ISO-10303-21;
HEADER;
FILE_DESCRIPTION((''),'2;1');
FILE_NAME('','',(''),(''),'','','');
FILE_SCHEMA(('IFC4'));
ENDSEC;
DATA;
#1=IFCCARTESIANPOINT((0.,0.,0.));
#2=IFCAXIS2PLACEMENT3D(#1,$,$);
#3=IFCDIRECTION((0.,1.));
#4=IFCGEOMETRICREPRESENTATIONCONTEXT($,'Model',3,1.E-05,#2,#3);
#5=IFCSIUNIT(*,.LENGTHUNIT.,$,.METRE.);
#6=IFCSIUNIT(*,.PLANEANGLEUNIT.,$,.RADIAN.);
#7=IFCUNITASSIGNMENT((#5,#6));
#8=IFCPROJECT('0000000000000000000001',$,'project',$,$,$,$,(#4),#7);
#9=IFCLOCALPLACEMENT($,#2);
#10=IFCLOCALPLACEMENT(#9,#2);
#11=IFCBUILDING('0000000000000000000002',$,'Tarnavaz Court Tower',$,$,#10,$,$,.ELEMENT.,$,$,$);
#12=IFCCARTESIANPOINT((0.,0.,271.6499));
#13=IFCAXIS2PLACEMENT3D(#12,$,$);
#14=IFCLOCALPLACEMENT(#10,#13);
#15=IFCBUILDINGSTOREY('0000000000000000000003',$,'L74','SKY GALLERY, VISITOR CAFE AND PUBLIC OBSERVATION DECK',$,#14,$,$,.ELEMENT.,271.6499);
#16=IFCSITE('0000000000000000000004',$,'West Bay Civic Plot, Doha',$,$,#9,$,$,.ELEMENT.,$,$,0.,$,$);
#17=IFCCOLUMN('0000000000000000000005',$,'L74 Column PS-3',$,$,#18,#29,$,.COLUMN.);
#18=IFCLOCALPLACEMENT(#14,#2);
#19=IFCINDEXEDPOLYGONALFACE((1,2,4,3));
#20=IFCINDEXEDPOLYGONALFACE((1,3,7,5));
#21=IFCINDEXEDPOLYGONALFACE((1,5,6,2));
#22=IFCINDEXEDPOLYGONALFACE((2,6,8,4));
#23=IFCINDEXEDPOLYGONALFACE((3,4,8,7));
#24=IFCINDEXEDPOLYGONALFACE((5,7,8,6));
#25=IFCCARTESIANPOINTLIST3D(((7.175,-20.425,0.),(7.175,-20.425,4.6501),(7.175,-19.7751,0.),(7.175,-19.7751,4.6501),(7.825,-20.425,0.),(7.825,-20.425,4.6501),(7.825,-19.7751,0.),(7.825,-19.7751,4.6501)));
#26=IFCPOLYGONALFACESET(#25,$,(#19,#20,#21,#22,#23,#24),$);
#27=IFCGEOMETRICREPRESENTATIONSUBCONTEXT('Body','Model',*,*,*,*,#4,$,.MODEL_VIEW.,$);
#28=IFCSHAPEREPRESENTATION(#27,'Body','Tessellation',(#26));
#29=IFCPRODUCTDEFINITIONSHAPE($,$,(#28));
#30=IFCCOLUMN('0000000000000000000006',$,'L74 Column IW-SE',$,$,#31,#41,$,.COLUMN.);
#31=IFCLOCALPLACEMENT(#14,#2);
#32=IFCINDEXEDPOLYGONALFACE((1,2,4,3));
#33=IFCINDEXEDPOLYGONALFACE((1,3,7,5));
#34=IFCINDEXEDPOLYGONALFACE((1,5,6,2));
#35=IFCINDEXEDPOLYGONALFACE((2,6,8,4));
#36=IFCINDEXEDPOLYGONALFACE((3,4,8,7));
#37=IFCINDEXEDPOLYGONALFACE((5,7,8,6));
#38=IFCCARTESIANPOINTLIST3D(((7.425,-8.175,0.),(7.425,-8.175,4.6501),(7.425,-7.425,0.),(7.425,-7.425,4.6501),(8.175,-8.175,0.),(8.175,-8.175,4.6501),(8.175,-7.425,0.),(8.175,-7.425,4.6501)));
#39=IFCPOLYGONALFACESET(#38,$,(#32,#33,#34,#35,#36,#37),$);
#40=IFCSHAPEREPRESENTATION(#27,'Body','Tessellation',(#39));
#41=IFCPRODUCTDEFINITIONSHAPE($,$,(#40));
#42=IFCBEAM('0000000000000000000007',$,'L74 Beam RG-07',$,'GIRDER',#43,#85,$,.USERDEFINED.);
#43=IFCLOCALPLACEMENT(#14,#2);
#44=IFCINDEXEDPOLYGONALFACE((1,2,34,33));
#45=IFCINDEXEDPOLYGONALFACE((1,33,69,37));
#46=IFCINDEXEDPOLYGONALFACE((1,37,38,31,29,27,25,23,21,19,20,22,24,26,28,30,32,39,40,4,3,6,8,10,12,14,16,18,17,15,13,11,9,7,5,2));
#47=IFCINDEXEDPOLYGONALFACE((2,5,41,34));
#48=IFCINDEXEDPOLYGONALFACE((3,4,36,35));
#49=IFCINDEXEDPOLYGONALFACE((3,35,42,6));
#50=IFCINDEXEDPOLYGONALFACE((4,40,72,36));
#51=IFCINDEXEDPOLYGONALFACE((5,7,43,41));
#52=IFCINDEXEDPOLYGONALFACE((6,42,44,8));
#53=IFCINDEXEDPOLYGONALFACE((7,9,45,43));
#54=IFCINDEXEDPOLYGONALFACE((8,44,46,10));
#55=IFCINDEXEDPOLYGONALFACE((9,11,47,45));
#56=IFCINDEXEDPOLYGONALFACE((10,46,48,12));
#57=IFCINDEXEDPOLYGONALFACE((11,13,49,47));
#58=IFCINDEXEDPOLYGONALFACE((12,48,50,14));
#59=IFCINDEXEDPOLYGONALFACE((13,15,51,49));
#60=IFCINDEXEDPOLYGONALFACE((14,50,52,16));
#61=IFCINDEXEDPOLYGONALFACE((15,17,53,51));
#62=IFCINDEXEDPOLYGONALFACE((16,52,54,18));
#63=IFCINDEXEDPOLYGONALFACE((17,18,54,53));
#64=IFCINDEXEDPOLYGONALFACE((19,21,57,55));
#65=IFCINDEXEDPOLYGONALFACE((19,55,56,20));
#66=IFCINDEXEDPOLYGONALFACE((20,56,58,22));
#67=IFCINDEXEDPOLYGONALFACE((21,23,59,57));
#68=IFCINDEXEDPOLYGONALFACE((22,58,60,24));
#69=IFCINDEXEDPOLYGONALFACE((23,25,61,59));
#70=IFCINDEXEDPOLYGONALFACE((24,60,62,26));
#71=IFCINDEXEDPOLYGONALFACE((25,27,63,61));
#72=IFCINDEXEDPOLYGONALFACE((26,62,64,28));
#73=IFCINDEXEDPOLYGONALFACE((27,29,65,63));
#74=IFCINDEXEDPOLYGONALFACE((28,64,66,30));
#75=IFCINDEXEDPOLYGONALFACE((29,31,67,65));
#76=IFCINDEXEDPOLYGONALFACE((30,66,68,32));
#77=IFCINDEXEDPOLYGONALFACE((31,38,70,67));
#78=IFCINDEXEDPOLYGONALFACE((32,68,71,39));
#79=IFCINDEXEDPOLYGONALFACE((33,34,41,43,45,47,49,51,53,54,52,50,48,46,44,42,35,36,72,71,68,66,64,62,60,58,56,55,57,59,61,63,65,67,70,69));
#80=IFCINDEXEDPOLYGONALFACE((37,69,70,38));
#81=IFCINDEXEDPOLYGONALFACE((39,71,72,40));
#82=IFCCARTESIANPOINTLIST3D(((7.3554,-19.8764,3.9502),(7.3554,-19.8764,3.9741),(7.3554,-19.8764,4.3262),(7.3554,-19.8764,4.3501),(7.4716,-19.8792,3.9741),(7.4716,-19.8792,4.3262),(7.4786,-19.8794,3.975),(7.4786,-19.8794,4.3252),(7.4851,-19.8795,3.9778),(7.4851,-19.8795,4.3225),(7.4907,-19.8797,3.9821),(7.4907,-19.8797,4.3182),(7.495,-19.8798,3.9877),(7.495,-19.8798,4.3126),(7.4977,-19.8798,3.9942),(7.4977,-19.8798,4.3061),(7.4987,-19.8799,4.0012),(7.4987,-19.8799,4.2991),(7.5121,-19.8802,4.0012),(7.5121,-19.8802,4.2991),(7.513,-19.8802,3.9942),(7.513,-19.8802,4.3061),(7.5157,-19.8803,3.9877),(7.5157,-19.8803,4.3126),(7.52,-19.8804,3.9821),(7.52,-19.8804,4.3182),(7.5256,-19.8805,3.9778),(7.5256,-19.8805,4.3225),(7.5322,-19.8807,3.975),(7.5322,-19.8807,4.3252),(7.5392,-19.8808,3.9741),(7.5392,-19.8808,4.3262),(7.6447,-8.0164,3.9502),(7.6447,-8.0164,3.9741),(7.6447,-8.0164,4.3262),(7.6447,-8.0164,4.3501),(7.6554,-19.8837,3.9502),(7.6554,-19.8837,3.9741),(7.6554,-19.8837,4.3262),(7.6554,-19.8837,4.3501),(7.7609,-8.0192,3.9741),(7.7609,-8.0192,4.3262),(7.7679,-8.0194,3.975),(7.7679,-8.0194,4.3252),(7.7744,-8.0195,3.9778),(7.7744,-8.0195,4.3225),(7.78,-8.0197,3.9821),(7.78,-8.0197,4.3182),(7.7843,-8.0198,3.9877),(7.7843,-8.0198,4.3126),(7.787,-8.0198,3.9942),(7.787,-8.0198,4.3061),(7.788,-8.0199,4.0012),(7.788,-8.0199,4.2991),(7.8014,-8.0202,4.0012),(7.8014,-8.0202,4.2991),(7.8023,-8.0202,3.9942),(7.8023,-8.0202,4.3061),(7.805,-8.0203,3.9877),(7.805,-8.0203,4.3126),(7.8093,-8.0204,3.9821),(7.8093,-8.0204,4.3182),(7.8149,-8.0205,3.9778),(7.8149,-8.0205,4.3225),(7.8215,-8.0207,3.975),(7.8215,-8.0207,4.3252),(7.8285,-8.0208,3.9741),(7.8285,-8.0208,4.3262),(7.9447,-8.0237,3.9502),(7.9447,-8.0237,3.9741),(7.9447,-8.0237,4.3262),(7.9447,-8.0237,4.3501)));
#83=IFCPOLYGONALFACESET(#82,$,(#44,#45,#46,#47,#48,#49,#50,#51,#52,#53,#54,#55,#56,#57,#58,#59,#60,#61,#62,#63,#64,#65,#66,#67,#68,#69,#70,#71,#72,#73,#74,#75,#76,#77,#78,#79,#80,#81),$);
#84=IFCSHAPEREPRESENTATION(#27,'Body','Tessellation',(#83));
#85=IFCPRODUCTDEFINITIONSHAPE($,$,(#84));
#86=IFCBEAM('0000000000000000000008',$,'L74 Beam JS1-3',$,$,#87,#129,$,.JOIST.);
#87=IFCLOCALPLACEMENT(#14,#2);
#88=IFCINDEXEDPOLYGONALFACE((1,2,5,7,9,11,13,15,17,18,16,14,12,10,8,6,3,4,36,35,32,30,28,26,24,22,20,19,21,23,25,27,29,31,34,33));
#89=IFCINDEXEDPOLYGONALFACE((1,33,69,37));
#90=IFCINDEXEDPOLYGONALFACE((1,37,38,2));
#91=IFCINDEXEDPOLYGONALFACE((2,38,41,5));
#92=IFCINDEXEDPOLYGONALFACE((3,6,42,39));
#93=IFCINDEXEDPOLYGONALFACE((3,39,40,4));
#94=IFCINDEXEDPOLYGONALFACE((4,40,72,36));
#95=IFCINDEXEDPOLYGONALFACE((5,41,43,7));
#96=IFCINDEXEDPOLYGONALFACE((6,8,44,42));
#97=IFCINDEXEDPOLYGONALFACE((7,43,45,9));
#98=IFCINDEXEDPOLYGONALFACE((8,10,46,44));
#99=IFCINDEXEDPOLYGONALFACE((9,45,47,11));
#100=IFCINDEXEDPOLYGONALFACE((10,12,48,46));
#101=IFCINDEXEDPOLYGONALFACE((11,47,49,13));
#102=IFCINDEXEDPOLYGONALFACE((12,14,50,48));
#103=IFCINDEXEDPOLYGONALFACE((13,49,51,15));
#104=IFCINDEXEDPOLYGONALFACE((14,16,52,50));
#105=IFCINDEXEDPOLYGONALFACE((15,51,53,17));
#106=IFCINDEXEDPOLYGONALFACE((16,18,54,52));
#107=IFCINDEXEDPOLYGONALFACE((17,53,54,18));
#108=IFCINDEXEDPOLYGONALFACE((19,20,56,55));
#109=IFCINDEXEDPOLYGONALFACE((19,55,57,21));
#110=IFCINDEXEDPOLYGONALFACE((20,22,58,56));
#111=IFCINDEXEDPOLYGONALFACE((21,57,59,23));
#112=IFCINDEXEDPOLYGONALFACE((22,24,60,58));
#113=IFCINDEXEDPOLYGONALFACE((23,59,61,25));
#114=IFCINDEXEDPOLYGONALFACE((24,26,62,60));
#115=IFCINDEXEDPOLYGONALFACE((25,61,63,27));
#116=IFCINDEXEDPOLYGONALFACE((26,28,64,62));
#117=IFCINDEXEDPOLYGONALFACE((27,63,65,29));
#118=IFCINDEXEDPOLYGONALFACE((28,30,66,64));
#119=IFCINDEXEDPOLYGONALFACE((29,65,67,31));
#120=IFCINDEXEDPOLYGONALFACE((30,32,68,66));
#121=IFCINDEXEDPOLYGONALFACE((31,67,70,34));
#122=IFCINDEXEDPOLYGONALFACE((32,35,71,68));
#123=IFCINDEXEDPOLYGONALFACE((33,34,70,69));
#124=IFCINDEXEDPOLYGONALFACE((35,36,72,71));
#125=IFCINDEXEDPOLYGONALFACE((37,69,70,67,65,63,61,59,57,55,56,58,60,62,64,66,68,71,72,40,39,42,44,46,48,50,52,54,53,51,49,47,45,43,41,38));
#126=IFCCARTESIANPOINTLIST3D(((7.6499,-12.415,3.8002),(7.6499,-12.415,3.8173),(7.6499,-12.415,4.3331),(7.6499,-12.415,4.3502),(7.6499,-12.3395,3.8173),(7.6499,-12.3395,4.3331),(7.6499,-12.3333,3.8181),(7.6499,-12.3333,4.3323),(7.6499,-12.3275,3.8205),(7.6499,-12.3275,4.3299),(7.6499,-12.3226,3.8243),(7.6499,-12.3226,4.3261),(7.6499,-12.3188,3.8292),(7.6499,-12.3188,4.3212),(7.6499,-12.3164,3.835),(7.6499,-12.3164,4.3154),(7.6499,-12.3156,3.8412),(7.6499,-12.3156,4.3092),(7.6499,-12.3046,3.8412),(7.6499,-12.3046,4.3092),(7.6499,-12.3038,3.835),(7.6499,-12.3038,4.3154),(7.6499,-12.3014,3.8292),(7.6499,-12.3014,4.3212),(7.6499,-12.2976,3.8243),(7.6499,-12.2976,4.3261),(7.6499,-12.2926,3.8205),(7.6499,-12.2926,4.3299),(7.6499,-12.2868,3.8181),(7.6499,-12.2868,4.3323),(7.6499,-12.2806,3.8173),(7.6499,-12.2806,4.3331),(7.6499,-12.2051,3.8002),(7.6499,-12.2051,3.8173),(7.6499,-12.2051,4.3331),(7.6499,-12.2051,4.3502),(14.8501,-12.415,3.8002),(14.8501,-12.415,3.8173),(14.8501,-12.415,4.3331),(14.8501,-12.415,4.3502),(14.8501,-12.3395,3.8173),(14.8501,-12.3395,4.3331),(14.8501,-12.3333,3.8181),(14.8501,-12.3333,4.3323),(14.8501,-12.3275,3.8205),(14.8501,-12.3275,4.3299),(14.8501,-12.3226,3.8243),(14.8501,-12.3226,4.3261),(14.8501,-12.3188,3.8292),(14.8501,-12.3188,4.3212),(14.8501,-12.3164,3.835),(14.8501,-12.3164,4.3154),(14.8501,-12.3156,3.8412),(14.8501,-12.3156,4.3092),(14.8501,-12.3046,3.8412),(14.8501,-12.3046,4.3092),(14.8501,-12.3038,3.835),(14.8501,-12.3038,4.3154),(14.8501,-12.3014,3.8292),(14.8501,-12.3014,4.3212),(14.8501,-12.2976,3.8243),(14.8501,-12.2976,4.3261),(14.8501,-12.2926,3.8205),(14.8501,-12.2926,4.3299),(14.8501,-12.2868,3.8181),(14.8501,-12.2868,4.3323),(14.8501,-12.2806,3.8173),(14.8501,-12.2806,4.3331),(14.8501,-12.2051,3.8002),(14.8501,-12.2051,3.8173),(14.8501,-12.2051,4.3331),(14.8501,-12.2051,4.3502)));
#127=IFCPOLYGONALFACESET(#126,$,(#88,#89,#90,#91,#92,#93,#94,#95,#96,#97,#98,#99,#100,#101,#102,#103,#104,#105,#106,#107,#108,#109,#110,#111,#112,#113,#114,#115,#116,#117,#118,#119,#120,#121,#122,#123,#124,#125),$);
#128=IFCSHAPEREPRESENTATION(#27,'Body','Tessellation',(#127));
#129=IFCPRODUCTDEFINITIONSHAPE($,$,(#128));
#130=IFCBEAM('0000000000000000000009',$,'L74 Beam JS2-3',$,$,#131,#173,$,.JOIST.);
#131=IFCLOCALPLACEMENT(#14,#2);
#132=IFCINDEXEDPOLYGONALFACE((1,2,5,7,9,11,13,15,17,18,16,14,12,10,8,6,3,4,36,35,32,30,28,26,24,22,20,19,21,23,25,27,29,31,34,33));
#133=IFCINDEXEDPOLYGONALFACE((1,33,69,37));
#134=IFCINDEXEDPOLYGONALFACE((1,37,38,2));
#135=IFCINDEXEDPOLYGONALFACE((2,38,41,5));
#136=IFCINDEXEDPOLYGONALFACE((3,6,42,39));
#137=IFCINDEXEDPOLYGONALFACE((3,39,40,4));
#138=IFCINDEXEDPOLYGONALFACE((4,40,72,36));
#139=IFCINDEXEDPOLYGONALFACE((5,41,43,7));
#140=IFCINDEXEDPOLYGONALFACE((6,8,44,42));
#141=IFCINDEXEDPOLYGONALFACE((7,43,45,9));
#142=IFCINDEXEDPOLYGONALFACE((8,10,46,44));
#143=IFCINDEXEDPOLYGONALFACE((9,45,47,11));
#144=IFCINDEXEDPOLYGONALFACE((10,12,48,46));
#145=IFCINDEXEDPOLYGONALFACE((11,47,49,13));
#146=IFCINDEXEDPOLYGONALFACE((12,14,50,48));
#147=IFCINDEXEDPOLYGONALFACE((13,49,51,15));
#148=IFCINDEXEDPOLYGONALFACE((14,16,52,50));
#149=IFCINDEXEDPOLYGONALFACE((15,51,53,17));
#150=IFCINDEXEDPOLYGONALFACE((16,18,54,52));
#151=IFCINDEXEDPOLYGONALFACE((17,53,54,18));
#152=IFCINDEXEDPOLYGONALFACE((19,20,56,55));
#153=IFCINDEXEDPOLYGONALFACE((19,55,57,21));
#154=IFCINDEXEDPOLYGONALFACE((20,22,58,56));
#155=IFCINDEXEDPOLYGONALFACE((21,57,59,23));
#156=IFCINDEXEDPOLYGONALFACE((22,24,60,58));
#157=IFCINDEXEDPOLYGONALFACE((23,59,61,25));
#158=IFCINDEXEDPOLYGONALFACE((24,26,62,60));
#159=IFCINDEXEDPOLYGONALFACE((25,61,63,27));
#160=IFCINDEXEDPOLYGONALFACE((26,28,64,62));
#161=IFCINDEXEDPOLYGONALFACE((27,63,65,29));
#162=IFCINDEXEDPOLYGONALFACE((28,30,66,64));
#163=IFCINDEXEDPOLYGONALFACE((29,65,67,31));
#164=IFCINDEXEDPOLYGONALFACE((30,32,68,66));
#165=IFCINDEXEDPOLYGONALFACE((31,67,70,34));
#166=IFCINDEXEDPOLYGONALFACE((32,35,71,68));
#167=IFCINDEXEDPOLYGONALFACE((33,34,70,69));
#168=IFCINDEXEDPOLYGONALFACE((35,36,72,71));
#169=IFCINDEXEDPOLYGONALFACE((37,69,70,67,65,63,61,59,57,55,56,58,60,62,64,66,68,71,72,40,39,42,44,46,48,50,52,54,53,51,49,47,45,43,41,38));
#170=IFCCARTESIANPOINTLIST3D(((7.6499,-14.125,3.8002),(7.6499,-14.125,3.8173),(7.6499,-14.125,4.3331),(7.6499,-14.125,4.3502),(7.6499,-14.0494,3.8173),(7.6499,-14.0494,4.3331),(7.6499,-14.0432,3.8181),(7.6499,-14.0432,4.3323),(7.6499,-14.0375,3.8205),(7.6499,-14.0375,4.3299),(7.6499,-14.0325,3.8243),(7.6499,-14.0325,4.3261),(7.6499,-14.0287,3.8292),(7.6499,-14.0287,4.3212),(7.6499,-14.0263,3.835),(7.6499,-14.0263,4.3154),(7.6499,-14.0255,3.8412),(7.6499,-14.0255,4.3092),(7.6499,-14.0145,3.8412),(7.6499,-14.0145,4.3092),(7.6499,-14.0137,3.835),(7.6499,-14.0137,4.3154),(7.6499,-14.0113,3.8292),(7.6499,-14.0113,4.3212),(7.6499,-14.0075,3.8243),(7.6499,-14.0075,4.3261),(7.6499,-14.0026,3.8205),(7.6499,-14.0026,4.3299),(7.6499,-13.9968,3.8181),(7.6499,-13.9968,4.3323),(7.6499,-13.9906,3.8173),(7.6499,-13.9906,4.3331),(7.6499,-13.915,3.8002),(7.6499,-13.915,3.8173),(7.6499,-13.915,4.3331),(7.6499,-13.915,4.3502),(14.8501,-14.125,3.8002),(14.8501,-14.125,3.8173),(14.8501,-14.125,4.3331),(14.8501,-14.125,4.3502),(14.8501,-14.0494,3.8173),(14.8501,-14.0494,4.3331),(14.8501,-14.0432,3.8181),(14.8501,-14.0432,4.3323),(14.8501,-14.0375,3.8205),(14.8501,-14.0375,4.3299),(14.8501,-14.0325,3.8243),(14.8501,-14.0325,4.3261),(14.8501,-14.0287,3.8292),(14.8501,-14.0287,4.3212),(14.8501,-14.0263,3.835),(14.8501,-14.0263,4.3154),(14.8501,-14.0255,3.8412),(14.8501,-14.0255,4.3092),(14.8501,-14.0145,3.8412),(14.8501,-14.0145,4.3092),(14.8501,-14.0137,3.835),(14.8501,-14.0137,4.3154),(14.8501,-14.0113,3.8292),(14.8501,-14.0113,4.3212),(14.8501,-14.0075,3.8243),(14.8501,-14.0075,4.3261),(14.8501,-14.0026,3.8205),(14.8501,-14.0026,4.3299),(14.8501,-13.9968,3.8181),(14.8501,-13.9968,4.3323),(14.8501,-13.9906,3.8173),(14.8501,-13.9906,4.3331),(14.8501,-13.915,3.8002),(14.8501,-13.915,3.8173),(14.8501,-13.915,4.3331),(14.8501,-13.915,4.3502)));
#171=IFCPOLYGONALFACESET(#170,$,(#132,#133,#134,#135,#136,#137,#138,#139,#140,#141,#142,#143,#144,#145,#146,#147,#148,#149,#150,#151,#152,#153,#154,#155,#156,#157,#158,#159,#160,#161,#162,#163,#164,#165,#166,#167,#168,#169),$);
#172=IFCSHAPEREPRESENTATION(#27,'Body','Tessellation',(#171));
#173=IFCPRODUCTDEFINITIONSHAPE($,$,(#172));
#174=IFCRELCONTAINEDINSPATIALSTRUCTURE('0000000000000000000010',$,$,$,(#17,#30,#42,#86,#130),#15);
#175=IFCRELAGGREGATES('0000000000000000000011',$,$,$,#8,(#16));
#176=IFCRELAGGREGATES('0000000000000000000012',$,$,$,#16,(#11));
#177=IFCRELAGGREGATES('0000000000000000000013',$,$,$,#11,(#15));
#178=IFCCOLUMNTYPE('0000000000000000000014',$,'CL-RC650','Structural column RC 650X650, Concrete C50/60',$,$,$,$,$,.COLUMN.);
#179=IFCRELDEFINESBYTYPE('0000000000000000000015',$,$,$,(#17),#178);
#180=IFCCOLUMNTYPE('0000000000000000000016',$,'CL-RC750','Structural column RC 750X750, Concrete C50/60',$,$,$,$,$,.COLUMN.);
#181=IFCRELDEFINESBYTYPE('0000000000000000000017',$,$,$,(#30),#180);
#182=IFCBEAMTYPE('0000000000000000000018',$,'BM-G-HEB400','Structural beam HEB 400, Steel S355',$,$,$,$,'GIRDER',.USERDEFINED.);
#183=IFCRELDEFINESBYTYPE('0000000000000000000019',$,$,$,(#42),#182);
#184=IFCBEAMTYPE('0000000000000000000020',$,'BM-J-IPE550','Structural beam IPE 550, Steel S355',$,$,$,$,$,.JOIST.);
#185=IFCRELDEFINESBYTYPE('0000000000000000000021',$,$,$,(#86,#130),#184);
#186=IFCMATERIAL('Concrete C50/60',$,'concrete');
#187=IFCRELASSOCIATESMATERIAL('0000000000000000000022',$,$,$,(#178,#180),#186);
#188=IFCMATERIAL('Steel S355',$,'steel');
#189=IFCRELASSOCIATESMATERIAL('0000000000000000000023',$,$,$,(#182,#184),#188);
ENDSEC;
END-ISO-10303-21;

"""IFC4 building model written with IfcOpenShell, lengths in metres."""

from ifc_helpers import new_model, si_unit, direction, frame, origin, origin_2d, place, context, subcontext, project, spatial, rectangle, i_section, extrude, material, material_profile, profile_set, type_object, element, save


model = new_model("IFC4")

# Units and contexts
model_context = context("Model", 3, precision=1e-05, world=origin(), true_north=direction((0.0, 1.0)))
body_context = subcontext(model_context, "Body", "Model", "MODEL_VIEW")
ifc_project = project(units=[si_unit("LENGTHUNIT", "METRE"), si_unit("PLANEANGLEUNIT", "RADIAN")], contexts=[model_context])

# Site, building, storey
site_placement = place(None, origin())
site = spatial("IfcSite", under=ifc_project, at=site_placement, Name="West Bay Civic Plot, Doha", CompositionType="ELEMENT", RefElevation=0.0)
building_placement = place(site_placement, origin())
building = spatial("IfcBuilding", under=site, at=building_placement, Name="Tarnavaz Court Tower", CompositionType="ELEMENT")
storey_placement = place(building_placement, frame((0.0, 0.0, 271.6499)))
storey = spatial("IfcBuildingStorey", under=building, at=storey_placement, Name="L74", Description="SKY GALLERY, VISITOR CAFE AND PUBLIC OBSERVATION DECK", CompositionType="ELEMENT", Elevation=271.6499)

# Columns
ifc_material_1 = material(Name="Concrete C50/60", Category="concrete")
ifc_material_profile_1 = material_profile(ifc_material_1, rectangle(XDim=0.6499, YDim=0.6499, at=origin_2d()), Name="RC 650X650")
ifc_profile_set_1 = profile_set([ifc_material_profile_1], Name="Concrete C50/60")
column_type_1 = type_object("IfcColumnType", Name="CL-RC650", Description="Structural column RC 650X650, Concrete C50/60", PredefinedType="COLUMN", material=ifc_profile_set_1)
column_1_placement = place(storey_placement, frame((7.5, -20.1001, 0.0), z_axis=(0.0, 0.0, 1.0), x_axis=(1.0, 0.0, 0.0)))
element("IfcColumn", 1, at=column_1_placement, inside=storey, type_object=column_type_1, Name="L74 Column PS-3", PredefinedType="COLUMN", context=body_context, shape_type="SweptSolid", body=[
    extrude(rectangle(XDim=0.6499, YDim=0.6499, at=origin_2d()), origin(), (0.0, 0.0, 1.0), 4.6501),
])
ifc_material_profile_2 = material_profile(ifc_material_1, rectangle(XDim=0.75, YDim=0.75, at=origin_2d()), Name="RC 750X750")
ifc_profile_set_2 = profile_set([ifc_material_profile_2], Name="Concrete C50/60")
column_type_2 = type_object("IfcColumnType", Name="CL-RC750", Description="Structural column RC 750X750, Concrete C50/60", PredefinedType="COLUMN", material=ifc_profile_set_2)
column_2_placement = place(storey_placement, frame((7.8, -7.8, 0.0), z_axis=(0.0, 0.0, 1.0), x_axis=(1.0, 0.0, 0.0)))
element("IfcColumn", 2, at=column_2_placement, inside=storey, type_object=column_type_2, Name="L74 Column IW-SE", PredefinedType="COLUMN", context=body_context, shape_type="SweptSolid", body=[
    extrude(rectangle(XDim=0.75, YDim=0.75, at=origin_2d()), origin(), (0.0, 0.0, 1.0), 4.6501),
])

# Beams
ifc_material_2 = material(Name="Steel S355", Category="steel")
ifc_material_profile_3 = material_profile(ifc_material_2, i_section(OverallWidth=0.3, OverallDepth=0.3999, WebThickness=0.0134, FlangeThickness=0.0239, FilletRadius=0.0271, at=origin_2d()), Name="HEB 400")
ifc_profile_set_3 = profile_set([ifc_material_profile_3], Name="Steel S355")
beam_type_1 = type_object("IfcBeamType", Name="BM-G-HEB400", Description="Structural beam HEB 400, Steel S355", ElementType="GIRDER", PredefinedType="USERDEFINED", material=ifc_profile_set_3)
beam_1_placement = place(storey_placement, frame((7.7947, -8.02, 4.1501), z_axis=(-0.024386, -0.999703, 0.0), x_axis=(0.999703, -0.024386, 0.0)))
element("IfcBeam", 3, at=beam_1_placement, inside=storey, type_object=beam_type_1, Name="L74 Beam RG-07", ObjectType="GIRDER", PredefinedType="USERDEFINED", context=body_context, shape_type="SweptSolid", body=[
    extrude(i_section(OverallWidth=0.3, OverallDepth=0.3999, WebThickness=0.0134, FlangeThickness=0.0239, FilletRadius=0.0271, at=origin_2d()), origin(), (0.0, 0.0, 1.0), 11.8635),
])
ifc_material_profile_4 = material_profile(ifc_material_2, i_section(OverallWidth=0.21, OverallDepth=0.55, WebThickness=0.011, FlangeThickness=0.0171, FilletRadius=0.0239, at=origin_2d()), Name="IPE 550")
ifc_profile_set_4 = profile_set([ifc_material_profile_4], Name="Steel S355")
beam_type_2 = type_object("IfcBeamType", Name="BM-J-IPE550", Description="Structural beam IPE 550, Steel S355", PredefinedType="JOIST", material=ifc_profile_set_4)
for number, where, z_axis, x_axis, name in (
    (4, (7.6499, -12.3101, 4.0752), (1.0, 0.0, 0.0), (0.0, 1.0, 0.0), "L74 Beam JS1-3"),
    (5, (7.6499, -14.02, 4.0752), (1.0, 0.0, 0.0), (0.0, 1.0, 0.0), "L74 Beam JS2-3"),
):
    element("IfcBeam", number, at=place(storey_placement, frame(where, z_axis=z_axis, x_axis=x_axis)), inside=storey, type_object=beam_type_2, Name=name, PredefinedType="JOIST", context=body_context, shape_type="SweptSolid", body=[
        extrude(i_section(OverallWidth=0.21, OverallDepth=0.55, WebThickness=0.011, FlangeThickness=0.0171, FilletRadius=0.0239, at=origin_2d()), origin(), (0.0, 0.0, 1.0), 7.2002),
    ])

save(model, "model.ifc")
